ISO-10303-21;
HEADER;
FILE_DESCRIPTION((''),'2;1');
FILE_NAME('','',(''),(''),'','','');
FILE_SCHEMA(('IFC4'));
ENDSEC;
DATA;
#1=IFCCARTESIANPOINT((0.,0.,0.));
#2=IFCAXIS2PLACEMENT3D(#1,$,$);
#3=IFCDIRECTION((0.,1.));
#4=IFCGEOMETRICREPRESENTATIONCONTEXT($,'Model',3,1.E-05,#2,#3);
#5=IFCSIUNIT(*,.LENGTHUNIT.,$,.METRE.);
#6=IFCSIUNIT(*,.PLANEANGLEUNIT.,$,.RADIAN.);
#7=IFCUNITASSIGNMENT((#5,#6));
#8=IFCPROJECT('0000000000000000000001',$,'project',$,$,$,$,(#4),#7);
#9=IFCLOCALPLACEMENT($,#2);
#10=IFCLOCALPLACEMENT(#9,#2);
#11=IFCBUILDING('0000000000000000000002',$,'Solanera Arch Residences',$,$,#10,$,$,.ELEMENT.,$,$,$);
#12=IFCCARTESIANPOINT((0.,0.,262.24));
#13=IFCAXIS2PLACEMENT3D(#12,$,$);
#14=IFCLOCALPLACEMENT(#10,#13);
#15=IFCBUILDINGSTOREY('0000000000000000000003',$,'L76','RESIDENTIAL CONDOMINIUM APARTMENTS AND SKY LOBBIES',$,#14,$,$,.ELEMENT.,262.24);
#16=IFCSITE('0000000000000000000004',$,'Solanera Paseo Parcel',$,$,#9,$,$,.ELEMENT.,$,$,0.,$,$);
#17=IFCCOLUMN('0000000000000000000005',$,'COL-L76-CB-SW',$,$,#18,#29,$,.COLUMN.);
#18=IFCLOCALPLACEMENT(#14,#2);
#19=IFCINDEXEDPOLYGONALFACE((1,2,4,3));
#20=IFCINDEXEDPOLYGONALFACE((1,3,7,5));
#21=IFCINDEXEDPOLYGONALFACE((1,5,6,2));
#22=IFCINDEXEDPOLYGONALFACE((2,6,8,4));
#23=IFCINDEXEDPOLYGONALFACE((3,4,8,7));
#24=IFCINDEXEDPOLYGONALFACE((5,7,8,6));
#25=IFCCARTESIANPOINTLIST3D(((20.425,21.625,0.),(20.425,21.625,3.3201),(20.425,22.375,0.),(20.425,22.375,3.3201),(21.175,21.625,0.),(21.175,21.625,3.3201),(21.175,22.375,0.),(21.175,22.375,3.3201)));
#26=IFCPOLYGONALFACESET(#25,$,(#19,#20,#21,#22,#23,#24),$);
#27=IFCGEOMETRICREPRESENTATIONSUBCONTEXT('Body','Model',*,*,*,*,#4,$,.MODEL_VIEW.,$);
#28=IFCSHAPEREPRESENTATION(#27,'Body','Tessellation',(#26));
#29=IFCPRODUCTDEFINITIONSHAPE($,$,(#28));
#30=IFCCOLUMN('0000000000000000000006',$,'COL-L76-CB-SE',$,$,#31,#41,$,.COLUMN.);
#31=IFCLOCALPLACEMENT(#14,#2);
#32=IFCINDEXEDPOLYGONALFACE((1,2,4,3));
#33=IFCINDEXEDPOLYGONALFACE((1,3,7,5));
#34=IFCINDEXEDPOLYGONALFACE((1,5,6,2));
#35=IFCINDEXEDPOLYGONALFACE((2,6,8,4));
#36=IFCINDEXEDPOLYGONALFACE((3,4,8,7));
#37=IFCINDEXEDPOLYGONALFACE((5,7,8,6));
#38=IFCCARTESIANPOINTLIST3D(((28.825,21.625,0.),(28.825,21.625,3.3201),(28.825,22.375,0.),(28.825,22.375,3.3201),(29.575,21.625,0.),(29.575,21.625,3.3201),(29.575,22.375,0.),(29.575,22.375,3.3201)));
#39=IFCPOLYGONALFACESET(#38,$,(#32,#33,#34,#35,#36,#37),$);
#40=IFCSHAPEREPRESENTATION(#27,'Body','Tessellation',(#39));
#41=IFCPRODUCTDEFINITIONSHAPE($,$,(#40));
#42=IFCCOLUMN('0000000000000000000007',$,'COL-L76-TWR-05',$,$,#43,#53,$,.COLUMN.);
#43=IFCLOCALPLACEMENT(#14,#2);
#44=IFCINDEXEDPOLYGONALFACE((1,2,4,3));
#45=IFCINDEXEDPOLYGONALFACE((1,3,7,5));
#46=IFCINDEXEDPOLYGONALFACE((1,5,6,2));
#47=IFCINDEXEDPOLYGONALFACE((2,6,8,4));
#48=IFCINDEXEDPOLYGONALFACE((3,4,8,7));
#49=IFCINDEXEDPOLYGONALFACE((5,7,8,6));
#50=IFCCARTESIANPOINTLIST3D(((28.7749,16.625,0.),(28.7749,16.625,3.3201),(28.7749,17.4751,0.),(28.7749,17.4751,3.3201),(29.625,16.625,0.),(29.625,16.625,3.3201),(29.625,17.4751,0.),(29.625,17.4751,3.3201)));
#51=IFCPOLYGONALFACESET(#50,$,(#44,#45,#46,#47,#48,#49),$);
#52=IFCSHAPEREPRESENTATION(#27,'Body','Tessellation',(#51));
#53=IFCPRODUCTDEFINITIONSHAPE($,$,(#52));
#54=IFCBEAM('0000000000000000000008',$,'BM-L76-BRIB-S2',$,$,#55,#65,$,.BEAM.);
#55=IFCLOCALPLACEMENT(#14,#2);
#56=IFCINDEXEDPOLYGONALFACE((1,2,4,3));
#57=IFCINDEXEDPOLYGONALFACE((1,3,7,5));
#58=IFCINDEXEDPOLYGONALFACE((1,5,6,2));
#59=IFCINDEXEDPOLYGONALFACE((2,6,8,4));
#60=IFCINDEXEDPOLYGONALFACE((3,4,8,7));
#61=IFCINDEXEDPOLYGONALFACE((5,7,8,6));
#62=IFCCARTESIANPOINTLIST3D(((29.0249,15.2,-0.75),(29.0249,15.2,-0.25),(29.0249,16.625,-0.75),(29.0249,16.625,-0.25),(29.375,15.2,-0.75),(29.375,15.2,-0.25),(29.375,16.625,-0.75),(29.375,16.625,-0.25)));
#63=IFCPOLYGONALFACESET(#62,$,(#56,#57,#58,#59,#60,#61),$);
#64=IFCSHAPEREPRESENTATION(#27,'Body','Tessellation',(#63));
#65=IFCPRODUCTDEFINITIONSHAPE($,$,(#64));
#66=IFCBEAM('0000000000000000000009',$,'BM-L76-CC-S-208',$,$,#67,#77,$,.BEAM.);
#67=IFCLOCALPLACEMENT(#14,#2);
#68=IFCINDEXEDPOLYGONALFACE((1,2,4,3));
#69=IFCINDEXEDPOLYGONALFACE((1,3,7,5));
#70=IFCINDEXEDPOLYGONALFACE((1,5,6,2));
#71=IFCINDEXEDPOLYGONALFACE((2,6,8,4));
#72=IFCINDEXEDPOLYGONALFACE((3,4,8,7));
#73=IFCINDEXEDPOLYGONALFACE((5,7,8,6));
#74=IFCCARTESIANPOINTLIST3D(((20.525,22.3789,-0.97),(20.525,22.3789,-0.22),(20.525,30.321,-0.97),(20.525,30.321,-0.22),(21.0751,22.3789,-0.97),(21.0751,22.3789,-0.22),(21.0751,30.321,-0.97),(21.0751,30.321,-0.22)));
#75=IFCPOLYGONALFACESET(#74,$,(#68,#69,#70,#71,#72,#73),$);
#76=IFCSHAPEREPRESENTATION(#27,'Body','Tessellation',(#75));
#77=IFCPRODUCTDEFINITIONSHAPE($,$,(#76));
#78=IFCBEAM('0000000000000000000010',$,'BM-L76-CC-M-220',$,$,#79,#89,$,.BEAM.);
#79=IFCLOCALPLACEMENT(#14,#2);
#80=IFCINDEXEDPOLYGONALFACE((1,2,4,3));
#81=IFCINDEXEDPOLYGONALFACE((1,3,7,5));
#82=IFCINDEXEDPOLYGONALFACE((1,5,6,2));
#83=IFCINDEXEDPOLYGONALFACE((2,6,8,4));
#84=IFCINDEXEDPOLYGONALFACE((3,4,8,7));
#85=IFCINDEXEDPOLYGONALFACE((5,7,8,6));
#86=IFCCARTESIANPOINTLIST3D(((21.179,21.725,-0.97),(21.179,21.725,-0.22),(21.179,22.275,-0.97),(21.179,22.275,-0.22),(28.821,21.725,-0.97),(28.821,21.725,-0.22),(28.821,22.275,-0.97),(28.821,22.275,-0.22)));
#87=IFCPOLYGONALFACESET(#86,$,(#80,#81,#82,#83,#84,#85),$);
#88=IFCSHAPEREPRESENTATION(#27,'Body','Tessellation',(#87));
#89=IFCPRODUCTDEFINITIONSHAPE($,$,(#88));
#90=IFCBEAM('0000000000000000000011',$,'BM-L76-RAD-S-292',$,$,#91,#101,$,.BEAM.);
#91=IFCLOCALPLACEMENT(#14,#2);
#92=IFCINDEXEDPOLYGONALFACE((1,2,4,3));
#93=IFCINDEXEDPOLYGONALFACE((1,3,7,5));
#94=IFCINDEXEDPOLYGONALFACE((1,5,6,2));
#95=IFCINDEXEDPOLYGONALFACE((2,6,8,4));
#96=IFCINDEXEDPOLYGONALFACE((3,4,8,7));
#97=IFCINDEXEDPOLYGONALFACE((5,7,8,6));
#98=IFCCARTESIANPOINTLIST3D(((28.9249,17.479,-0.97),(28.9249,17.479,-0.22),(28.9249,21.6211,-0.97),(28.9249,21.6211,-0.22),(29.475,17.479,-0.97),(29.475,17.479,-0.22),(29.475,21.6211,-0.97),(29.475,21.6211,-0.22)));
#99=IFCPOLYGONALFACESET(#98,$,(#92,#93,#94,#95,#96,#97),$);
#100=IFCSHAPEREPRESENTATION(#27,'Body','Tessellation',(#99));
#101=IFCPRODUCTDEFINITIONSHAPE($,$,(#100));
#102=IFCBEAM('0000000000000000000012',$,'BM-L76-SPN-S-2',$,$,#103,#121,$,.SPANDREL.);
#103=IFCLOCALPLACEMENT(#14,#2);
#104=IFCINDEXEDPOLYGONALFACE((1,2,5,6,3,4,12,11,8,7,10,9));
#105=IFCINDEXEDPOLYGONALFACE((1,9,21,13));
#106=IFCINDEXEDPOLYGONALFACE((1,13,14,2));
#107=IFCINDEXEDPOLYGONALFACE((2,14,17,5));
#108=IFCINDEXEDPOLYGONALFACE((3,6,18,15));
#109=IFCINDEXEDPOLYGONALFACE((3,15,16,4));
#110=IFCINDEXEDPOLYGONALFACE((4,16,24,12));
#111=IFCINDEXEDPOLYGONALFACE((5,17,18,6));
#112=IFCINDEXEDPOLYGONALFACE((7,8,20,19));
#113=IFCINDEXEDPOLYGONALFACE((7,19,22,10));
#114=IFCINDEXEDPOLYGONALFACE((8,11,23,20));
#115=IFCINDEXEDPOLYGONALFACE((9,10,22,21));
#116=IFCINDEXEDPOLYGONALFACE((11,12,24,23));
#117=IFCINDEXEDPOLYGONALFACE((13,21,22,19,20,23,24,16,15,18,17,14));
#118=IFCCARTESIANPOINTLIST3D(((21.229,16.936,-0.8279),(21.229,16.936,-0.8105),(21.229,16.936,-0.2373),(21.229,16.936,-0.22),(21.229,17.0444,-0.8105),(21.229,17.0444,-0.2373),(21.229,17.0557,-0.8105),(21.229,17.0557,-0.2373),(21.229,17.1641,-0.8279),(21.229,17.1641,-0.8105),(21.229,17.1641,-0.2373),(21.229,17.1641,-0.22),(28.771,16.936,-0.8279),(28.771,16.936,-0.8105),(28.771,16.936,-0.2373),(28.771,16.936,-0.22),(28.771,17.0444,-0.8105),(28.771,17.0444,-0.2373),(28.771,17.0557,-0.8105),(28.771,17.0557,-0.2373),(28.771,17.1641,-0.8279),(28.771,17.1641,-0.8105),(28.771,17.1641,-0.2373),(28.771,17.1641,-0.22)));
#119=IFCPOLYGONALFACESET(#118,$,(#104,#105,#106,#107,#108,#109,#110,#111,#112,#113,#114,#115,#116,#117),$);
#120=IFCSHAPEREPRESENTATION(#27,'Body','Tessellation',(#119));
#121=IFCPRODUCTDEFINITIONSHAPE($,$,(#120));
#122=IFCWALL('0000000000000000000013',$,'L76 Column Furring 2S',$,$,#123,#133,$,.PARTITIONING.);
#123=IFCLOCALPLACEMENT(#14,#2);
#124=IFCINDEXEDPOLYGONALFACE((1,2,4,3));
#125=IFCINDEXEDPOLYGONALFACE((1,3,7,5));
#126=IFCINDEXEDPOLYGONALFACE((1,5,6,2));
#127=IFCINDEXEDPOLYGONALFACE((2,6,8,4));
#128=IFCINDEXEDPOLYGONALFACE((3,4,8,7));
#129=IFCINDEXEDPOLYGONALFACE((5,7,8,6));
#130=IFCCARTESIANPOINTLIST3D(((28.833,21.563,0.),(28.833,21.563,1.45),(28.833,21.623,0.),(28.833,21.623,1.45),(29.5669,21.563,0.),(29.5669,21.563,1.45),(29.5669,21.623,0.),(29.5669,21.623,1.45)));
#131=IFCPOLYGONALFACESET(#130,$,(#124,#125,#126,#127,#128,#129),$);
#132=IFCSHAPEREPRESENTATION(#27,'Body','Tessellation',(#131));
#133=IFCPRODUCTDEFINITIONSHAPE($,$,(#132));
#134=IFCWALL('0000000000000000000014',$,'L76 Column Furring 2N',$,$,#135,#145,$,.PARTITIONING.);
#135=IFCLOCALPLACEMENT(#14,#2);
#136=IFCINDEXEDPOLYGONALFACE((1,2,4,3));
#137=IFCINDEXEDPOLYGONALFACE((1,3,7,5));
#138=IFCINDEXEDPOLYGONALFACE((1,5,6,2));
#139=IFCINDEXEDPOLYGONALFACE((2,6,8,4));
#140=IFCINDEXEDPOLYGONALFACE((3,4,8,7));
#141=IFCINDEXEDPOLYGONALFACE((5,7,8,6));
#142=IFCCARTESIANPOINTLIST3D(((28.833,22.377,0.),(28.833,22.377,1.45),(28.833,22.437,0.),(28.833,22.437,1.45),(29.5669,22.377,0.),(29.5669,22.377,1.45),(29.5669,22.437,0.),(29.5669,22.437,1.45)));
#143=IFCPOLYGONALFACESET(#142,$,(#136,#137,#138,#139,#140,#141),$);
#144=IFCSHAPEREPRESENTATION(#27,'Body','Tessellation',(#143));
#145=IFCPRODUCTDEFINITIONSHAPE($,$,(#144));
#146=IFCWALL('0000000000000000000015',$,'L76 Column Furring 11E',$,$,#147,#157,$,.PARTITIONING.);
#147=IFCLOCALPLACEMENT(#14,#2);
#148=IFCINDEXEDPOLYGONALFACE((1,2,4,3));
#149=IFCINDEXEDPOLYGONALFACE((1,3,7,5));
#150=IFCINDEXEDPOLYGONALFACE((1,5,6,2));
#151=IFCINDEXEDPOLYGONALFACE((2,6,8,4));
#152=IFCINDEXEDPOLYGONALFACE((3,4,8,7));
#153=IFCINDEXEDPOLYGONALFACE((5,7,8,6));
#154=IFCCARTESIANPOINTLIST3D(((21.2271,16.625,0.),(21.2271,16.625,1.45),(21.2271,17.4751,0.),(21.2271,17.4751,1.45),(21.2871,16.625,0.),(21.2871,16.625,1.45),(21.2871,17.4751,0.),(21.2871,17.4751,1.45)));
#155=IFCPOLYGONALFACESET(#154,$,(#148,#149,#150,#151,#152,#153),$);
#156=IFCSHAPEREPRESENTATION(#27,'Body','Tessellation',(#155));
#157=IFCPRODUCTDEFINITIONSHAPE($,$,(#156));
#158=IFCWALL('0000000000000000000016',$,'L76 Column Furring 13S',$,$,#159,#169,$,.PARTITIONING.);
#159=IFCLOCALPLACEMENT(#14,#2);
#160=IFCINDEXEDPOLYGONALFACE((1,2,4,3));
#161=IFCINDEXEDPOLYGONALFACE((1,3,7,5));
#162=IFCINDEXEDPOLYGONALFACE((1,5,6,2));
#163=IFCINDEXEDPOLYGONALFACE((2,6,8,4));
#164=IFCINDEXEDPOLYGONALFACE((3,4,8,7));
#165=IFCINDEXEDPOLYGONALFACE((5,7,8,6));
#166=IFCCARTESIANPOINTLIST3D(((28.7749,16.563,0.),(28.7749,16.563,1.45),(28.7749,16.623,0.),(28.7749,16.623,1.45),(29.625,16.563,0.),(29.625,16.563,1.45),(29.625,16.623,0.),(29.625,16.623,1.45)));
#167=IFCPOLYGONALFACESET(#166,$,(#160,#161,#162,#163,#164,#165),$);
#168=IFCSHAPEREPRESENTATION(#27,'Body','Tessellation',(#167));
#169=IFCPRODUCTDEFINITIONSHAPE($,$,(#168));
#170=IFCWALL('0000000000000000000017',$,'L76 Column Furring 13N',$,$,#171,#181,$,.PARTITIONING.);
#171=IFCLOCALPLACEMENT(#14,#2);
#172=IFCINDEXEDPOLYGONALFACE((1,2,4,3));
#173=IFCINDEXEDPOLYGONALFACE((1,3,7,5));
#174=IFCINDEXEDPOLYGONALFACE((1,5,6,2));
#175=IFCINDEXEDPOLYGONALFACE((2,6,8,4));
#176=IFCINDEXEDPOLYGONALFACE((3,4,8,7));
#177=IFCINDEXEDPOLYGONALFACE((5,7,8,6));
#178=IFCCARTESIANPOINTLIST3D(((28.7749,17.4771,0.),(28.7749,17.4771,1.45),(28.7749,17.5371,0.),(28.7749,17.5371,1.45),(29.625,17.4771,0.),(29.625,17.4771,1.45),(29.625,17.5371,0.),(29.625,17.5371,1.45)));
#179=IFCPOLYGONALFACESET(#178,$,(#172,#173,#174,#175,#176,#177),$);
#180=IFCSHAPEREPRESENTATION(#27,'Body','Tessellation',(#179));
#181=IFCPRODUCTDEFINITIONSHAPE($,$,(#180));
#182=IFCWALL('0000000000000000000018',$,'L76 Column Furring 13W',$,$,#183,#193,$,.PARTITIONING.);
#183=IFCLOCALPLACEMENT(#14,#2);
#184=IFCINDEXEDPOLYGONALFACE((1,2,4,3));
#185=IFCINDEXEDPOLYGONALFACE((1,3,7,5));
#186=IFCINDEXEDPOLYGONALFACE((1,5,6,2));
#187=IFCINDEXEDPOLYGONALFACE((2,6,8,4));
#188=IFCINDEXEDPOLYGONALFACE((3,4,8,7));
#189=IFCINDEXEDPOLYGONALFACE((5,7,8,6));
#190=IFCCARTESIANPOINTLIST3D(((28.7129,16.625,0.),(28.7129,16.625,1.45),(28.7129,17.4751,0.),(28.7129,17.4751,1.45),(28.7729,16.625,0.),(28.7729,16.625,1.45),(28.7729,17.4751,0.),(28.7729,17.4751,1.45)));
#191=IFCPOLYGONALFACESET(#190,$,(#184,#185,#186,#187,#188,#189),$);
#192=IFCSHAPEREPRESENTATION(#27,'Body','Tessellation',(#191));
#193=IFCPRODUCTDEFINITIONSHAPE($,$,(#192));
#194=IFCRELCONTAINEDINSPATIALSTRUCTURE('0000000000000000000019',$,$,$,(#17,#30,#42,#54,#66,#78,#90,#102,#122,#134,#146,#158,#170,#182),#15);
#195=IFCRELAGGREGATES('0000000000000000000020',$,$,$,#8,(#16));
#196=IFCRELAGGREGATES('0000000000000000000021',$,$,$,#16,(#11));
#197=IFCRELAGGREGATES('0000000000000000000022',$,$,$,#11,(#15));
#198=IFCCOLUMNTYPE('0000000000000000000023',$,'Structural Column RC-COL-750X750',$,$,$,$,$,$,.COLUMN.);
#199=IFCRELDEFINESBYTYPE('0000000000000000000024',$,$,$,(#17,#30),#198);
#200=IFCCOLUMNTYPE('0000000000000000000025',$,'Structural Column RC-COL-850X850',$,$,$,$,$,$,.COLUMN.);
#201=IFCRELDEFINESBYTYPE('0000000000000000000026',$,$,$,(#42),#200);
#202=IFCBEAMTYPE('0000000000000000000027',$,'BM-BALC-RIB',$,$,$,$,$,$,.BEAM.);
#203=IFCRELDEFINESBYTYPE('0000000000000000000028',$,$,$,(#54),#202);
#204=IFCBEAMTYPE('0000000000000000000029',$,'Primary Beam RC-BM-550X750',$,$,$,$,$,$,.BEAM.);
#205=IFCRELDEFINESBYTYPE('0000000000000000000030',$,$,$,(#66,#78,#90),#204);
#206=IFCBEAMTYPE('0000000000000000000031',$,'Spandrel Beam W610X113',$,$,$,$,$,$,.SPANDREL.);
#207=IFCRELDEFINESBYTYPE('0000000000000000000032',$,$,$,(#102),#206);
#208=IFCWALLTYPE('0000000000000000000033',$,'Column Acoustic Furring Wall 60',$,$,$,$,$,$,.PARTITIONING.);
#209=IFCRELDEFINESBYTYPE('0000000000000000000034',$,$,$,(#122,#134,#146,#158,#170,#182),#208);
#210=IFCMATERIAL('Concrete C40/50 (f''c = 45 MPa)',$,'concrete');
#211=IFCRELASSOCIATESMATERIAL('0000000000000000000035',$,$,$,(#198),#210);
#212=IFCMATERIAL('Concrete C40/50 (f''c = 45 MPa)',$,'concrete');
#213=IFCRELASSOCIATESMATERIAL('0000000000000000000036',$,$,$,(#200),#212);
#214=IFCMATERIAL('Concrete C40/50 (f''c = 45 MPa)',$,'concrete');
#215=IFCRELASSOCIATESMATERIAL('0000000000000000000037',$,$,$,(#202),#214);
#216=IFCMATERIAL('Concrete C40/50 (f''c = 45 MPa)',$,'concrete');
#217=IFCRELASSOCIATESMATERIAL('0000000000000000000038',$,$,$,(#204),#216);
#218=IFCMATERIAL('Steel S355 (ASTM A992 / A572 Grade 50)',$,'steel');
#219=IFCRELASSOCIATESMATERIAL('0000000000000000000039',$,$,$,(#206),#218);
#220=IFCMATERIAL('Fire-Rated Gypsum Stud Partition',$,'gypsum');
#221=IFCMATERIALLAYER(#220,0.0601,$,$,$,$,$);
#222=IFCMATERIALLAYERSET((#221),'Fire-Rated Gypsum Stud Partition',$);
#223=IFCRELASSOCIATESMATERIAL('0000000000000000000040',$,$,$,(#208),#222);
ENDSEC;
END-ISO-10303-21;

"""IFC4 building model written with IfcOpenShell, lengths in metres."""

from ifc_helpers import new_model, si_unit, direction, frame, frame_2d, origin, origin_2d, place, context, subcontext, project, spatial, rectangle, i_section, extrude, material, layer, layer_set, material_profile, profile_set, type_object, element, save


model = new_model("IFC4")

# Units and contexts
model_context = context("Model", 3, precision=1e-05, world=origin(), true_north=direction((0.0, 1.0)))
body_context = subcontext(model_context, "Body", "Model", "MODEL_VIEW")
ifc_project = project(units=[si_unit("LENGTHUNIT", "METRE"), si_unit("PLANEANGLEUNIT", "RADIAN")], contexts=[model_context])

# Site, building, storey
site_placement = place(None, origin())
site = spatial("IfcSite", under=ifc_project, at=site_placement, Name="Solanera Paseo Parcel", CompositionType="ELEMENT", RefElevation=0.0)
building_placement = place(site_placement, origin())
building = spatial("IfcBuilding", under=site, at=building_placement, Name="Solanera Arch Residences", CompositionType="ELEMENT")
storey_placement = place(building_placement, frame((0.0, 0.0, 262.24)))
storey = spatial("IfcBuildingStorey", under=building, at=storey_placement, Name="L76", Description="RESIDENTIAL CONDOMINIUM APARTMENTS AND SKY LOBBIES", CompositionType="ELEMENT", Elevation=262.24)

# Columns
ifc_material_1 = material(Name="Concrete C40/50 (f'c = 45 MPa)", Category="concrete")
ifc_material_profile_1 = material_profile(ifc_material_1, rectangle(XDim=0.75, YDim=0.75, at=origin_2d()))
ifc_profile_set_1 = profile_set([ifc_material_profile_1], Name="Concrete C40/50 (f'c = 45 MPa)")
column_type_1 = type_object("IfcColumnType", Name="Structural Column RC-COL-750X750", PredefinedType="COLUMN", material=ifc_profile_set_1)
for number, where, z_axis, x_axis, name in (
    (1, (20.8, 22.0, 0.0), (0.0, 0.0, 1.0), (1.0, 0.0, 0.0), "COL-L76-CB-SW"),
    (2, (29.2, 22.0, 0.0), (0.0, 0.0, 1.0), (1.0, 0.0, 0.0), "COL-L76-CB-SE"),
):
    element("IfcColumn", number, at=place(storey_placement, frame(where, z_axis=z_axis, x_axis=x_axis)), inside=storey, type_object=column_type_1, Name=name, PredefinedType="COLUMN", context=body_context, shape_type="SweptSolid", body=[
        extrude(rectangle(XDim=0.75, YDim=0.75, at=origin_2d()), origin(), (0.0, 0.0, 1.0), 3.3201),
    ])
ifc_material_2 = material(Name="Concrete C40/50 (f'c = 45 MPa)", Category="concrete")
ifc_material_profile_2 = material_profile(ifc_material_2, rectangle(XDim=0.8501, YDim=0.8501, at=origin_2d()))
ifc_profile_set_2 = profile_set([ifc_material_profile_2], Name="Concrete C40/50 (f'c = 45 MPa)")
column_type_2 = type_object("IfcColumnType", Name="Structural Column RC-COL-850X850", PredefinedType="COLUMN", material=ifc_profile_set_2)
column_placement = place(storey_placement, frame((29.2, 17.05, 0.0), z_axis=(0.0, 0.0, 1.0), x_axis=(1.0, 0.0, 0.0)))
element("IfcColumn", 3, at=column_placement, inside=storey, type_object=column_type_2, Name="COL-L76-TWR-05", PredefinedType="COLUMN", context=body_context, shape_type="SweptSolid", body=[
    extrude(rectangle(XDim=0.8501, YDim=0.8501, at=origin_2d()), origin(), (0.0, 0.0, 1.0), 3.3201),
])

# Beams
ifc_material_3 = material(Name="Concrete C40/50 (f'c = 45 MPa)", Category="concrete")
ifc_material_profile_3 = material_profile(ifc_material_3, rectangle(XDim=0.3501, YDim=0.5, at=origin_2d()))
ifc_profile_set_3 = profile_set([ifc_material_profile_3], Name="Concrete C40/50 (f'c = 45 MPa)")
beam_type_1 = type_object("IfcBeamType", Name="BM-BALC-RIB", PredefinedType="BEAM", material=ifc_profile_set_3)
beam_1_placement = place(storey_placement, frame((29.2, 15.2, -0.5), z_axis=(0.0, 1.0, 0.0), x_axis=(-1.0, 0.0, 0.0)))
element("IfcBeam", 4, at=beam_1_placement, inside=storey, type_object=beam_type_1, Name="BM-L76-BRIB-S2", PredefinedType="BEAM", context=body_context, shape_type="SweptSolid", body=[
    extrude(rectangle(XDim=0.3501, YDim=0.5, at=origin_2d()), origin(), (0.0, 0.0, 1.0), 1.425),
])
ifc_material_4 = material(Name="Concrete C40/50 (f'c = 45 MPa)", Category="concrete")
ifc_material_profile_4 = material_profile(ifc_material_4, rectangle(XDim=0.55, YDim=0.75, at=origin_2d()))
ifc_profile_set_4 = profile_set([ifc_material_profile_4], Name="Concrete C40/50 (f'c = 45 MPa)")
beam_type_2 = type_object("IfcBeamType", Name="Primary Beam RC-BM-550X750", PredefinedType="BEAM", material=ifc_profile_set_4)
beam_2_placement = place(storey_placement, frame((20.8, 22.3789, -0.595), z_axis=(0.0, 1.0, 0.0), x_axis=(-1.0, 0.0, 0.0)))
element("IfcBeam", 5, at=beam_2_placement, inside=storey, type_object=beam_type_2, Name="BM-L76-CC-S-208", PredefinedType="BEAM", context=body_context, shape_type="SweptSolid", body=[
    extrude(rectangle(XDim=0.55, YDim=0.75, at=origin_2d()), origin(), (0.0, 0.0, 1.0), 7.9421),
])
beam_3_placement = place(storey_placement, frame((21.179, 22.0, -0.595), z_axis=(1.0, 0.0, 0.0), x_axis=(0.0, 1.0, 0.0)))
element("IfcBeam", 6, at=beam_3_placement, inside=storey, type_object=beam_type_2, Name="BM-L76-CC-M-220", PredefinedType="BEAM", context=body_context, shape_type="SweptSolid", body=[
    extrude(rectangle(XDim=0.55, YDim=0.75, at=origin_2d()), origin(), (0.0, 0.0, 1.0), 7.6421),
])
beam_4_placement = place(storey_placement, frame((29.2, 17.479, -0.595), z_axis=(0.0, 1.0, 0.0), x_axis=(-1.0, 0.0, 0.0)))
element("IfcBeam", 7, at=beam_4_placement, inside=storey, type_object=beam_type_2, Name="BM-L76-RAD-S-292", PredefinedType="BEAM", context=body_context, shape_type="SweptSolid", body=[
    extrude(rectangle(XDim=0.55, YDim=0.75, at=origin_2d()), origin(), (0.0, 0.0, 1.0), 4.1421),
])
ifc_material_5 = material(Name="Steel S355 (ASTM A992 / A572 Grade 50)", Category="steel")
ifc_material_profile_5 = material_profile(ifc_material_5, i_section(OverallWidth=0.228, OverallDepth=0.6079, WebThickness=0.0112, FlangeThickness=0.0173, at=origin_2d()))
ifc_profile_set_5 = profile_set([ifc_material_profile_5], Name="Steel S355 (ASTM A992 / A572 Grade 50)")
beam_type_3 = type_object("IfcBeamType", Name="Spandrel Beam W610X113", PredefinedType="SPANDREL", material=ifc_profile_set_5)
beam_5_placement = place(storey_placement, frame((21.229, 17.05, -0.5239), z_axis=(1.0, 0.0, 0.0), x_axis=(0.0, 1.0, 0.0)))
element("IfcBeam", 8, at=beam_5_placement, inside=storey, type_object=beam_type_3, Name="BM-L76-SPN-S-2", PredefinedType="SPANDREL", context=body_context, shape_type="SweptSolid", body=[
    extrude(i_section(OverallWidth=0.228, OverallDepth=0.6079, WebThickness=0.0112, FlangeThickness=0.0173, at=origin_2d()), origin(), (0.0, 0.0, 1.0), 7.542),
])

# Walls
ifc_material_6 = material(Name="Fire-Rated Gypsum Stud Partition", Category="gypsum")
ifc_layer_1 = layer(ifc_material_6, 0.0601)
ifc_layer_set_1 = layer_set([ifc_layer_1], Name="Fire-Rated Gypsum Stud Partition")
wall_type_1 = type_object("IfcWallType", Name="Column Acoustic Furring Wall 60", PredefinedType="PARTITIONING", material=ifc_layer_set_1)
for number, where, z_axis, x_axis, name in (
    (9, (28.833, 21.593, 0.0), (0.0, 0.0, 1.0), (1.0, 0.0, 0.0), "L76 Column Furring 2S"),
    (10, (28.833, 22.407, 0.0), (0.0, 0.0, 1.0), (1.0, 0.0, 0.0), "L76 Column Furring 2N"),
):
    element("IfcWall", number, at=place(storey_placement, frame(where, z_axis=z_axis, x_axis=x_axis)), inside=storey, type_object=wall_type_1, Name=name, PredefinedType="PARTITIONING", context=body_context, shape_type="SweptSolid", body=[
        extrude(rectangle(XDim=0.7339, YDim=0.0601, at=frame_2d((0.3669, 0.0))), origin(), (0.0, 0.0, 1.0), 1.45),
    ])
for number, where, z_axis, x_axis, name in (
    (11, (21.2571, 16.625, 0.0), (0.0, 0.0, 1.0), (0.0, 1.0, 0.0), "L76 Column Furring 11E"),
    (12, (28.7749, 16.593, 0.0), (0.0, 0.0, 1.0), (1.0, 0.0, 0.0), "L76 Column Furring 13S"),
    (13, (28.7749, 17.5071, 0.0), (0.0, 0.0, 1.0), (1.0, 0.0, 0.0), "L76 Column Furring 13N"),
    (14, (28.7429, 16.625, 0.0), (0.0, 0.0, 1.0), (0.0, 1.0, 0.0), "L76 Column Furring 13W"),
):
    element("IfcWall", number, at=place(storey_placement, frame(where, z_axis=z_axis, x_axis=x_axis)), inside=storey, type_object=wall_type_1, Name=name, PredefinedType="PARTITIONING", context=body_context, shape_type="SweptSolid", body=[
        extrude(rectangle(XDim=0.8501, YDim=0.0601, at=frame_2d((0.425, 0.0))), origin(), (0.0, 0.0, 1.0), 1.45),
    ])

save(model, "model.ifc")
